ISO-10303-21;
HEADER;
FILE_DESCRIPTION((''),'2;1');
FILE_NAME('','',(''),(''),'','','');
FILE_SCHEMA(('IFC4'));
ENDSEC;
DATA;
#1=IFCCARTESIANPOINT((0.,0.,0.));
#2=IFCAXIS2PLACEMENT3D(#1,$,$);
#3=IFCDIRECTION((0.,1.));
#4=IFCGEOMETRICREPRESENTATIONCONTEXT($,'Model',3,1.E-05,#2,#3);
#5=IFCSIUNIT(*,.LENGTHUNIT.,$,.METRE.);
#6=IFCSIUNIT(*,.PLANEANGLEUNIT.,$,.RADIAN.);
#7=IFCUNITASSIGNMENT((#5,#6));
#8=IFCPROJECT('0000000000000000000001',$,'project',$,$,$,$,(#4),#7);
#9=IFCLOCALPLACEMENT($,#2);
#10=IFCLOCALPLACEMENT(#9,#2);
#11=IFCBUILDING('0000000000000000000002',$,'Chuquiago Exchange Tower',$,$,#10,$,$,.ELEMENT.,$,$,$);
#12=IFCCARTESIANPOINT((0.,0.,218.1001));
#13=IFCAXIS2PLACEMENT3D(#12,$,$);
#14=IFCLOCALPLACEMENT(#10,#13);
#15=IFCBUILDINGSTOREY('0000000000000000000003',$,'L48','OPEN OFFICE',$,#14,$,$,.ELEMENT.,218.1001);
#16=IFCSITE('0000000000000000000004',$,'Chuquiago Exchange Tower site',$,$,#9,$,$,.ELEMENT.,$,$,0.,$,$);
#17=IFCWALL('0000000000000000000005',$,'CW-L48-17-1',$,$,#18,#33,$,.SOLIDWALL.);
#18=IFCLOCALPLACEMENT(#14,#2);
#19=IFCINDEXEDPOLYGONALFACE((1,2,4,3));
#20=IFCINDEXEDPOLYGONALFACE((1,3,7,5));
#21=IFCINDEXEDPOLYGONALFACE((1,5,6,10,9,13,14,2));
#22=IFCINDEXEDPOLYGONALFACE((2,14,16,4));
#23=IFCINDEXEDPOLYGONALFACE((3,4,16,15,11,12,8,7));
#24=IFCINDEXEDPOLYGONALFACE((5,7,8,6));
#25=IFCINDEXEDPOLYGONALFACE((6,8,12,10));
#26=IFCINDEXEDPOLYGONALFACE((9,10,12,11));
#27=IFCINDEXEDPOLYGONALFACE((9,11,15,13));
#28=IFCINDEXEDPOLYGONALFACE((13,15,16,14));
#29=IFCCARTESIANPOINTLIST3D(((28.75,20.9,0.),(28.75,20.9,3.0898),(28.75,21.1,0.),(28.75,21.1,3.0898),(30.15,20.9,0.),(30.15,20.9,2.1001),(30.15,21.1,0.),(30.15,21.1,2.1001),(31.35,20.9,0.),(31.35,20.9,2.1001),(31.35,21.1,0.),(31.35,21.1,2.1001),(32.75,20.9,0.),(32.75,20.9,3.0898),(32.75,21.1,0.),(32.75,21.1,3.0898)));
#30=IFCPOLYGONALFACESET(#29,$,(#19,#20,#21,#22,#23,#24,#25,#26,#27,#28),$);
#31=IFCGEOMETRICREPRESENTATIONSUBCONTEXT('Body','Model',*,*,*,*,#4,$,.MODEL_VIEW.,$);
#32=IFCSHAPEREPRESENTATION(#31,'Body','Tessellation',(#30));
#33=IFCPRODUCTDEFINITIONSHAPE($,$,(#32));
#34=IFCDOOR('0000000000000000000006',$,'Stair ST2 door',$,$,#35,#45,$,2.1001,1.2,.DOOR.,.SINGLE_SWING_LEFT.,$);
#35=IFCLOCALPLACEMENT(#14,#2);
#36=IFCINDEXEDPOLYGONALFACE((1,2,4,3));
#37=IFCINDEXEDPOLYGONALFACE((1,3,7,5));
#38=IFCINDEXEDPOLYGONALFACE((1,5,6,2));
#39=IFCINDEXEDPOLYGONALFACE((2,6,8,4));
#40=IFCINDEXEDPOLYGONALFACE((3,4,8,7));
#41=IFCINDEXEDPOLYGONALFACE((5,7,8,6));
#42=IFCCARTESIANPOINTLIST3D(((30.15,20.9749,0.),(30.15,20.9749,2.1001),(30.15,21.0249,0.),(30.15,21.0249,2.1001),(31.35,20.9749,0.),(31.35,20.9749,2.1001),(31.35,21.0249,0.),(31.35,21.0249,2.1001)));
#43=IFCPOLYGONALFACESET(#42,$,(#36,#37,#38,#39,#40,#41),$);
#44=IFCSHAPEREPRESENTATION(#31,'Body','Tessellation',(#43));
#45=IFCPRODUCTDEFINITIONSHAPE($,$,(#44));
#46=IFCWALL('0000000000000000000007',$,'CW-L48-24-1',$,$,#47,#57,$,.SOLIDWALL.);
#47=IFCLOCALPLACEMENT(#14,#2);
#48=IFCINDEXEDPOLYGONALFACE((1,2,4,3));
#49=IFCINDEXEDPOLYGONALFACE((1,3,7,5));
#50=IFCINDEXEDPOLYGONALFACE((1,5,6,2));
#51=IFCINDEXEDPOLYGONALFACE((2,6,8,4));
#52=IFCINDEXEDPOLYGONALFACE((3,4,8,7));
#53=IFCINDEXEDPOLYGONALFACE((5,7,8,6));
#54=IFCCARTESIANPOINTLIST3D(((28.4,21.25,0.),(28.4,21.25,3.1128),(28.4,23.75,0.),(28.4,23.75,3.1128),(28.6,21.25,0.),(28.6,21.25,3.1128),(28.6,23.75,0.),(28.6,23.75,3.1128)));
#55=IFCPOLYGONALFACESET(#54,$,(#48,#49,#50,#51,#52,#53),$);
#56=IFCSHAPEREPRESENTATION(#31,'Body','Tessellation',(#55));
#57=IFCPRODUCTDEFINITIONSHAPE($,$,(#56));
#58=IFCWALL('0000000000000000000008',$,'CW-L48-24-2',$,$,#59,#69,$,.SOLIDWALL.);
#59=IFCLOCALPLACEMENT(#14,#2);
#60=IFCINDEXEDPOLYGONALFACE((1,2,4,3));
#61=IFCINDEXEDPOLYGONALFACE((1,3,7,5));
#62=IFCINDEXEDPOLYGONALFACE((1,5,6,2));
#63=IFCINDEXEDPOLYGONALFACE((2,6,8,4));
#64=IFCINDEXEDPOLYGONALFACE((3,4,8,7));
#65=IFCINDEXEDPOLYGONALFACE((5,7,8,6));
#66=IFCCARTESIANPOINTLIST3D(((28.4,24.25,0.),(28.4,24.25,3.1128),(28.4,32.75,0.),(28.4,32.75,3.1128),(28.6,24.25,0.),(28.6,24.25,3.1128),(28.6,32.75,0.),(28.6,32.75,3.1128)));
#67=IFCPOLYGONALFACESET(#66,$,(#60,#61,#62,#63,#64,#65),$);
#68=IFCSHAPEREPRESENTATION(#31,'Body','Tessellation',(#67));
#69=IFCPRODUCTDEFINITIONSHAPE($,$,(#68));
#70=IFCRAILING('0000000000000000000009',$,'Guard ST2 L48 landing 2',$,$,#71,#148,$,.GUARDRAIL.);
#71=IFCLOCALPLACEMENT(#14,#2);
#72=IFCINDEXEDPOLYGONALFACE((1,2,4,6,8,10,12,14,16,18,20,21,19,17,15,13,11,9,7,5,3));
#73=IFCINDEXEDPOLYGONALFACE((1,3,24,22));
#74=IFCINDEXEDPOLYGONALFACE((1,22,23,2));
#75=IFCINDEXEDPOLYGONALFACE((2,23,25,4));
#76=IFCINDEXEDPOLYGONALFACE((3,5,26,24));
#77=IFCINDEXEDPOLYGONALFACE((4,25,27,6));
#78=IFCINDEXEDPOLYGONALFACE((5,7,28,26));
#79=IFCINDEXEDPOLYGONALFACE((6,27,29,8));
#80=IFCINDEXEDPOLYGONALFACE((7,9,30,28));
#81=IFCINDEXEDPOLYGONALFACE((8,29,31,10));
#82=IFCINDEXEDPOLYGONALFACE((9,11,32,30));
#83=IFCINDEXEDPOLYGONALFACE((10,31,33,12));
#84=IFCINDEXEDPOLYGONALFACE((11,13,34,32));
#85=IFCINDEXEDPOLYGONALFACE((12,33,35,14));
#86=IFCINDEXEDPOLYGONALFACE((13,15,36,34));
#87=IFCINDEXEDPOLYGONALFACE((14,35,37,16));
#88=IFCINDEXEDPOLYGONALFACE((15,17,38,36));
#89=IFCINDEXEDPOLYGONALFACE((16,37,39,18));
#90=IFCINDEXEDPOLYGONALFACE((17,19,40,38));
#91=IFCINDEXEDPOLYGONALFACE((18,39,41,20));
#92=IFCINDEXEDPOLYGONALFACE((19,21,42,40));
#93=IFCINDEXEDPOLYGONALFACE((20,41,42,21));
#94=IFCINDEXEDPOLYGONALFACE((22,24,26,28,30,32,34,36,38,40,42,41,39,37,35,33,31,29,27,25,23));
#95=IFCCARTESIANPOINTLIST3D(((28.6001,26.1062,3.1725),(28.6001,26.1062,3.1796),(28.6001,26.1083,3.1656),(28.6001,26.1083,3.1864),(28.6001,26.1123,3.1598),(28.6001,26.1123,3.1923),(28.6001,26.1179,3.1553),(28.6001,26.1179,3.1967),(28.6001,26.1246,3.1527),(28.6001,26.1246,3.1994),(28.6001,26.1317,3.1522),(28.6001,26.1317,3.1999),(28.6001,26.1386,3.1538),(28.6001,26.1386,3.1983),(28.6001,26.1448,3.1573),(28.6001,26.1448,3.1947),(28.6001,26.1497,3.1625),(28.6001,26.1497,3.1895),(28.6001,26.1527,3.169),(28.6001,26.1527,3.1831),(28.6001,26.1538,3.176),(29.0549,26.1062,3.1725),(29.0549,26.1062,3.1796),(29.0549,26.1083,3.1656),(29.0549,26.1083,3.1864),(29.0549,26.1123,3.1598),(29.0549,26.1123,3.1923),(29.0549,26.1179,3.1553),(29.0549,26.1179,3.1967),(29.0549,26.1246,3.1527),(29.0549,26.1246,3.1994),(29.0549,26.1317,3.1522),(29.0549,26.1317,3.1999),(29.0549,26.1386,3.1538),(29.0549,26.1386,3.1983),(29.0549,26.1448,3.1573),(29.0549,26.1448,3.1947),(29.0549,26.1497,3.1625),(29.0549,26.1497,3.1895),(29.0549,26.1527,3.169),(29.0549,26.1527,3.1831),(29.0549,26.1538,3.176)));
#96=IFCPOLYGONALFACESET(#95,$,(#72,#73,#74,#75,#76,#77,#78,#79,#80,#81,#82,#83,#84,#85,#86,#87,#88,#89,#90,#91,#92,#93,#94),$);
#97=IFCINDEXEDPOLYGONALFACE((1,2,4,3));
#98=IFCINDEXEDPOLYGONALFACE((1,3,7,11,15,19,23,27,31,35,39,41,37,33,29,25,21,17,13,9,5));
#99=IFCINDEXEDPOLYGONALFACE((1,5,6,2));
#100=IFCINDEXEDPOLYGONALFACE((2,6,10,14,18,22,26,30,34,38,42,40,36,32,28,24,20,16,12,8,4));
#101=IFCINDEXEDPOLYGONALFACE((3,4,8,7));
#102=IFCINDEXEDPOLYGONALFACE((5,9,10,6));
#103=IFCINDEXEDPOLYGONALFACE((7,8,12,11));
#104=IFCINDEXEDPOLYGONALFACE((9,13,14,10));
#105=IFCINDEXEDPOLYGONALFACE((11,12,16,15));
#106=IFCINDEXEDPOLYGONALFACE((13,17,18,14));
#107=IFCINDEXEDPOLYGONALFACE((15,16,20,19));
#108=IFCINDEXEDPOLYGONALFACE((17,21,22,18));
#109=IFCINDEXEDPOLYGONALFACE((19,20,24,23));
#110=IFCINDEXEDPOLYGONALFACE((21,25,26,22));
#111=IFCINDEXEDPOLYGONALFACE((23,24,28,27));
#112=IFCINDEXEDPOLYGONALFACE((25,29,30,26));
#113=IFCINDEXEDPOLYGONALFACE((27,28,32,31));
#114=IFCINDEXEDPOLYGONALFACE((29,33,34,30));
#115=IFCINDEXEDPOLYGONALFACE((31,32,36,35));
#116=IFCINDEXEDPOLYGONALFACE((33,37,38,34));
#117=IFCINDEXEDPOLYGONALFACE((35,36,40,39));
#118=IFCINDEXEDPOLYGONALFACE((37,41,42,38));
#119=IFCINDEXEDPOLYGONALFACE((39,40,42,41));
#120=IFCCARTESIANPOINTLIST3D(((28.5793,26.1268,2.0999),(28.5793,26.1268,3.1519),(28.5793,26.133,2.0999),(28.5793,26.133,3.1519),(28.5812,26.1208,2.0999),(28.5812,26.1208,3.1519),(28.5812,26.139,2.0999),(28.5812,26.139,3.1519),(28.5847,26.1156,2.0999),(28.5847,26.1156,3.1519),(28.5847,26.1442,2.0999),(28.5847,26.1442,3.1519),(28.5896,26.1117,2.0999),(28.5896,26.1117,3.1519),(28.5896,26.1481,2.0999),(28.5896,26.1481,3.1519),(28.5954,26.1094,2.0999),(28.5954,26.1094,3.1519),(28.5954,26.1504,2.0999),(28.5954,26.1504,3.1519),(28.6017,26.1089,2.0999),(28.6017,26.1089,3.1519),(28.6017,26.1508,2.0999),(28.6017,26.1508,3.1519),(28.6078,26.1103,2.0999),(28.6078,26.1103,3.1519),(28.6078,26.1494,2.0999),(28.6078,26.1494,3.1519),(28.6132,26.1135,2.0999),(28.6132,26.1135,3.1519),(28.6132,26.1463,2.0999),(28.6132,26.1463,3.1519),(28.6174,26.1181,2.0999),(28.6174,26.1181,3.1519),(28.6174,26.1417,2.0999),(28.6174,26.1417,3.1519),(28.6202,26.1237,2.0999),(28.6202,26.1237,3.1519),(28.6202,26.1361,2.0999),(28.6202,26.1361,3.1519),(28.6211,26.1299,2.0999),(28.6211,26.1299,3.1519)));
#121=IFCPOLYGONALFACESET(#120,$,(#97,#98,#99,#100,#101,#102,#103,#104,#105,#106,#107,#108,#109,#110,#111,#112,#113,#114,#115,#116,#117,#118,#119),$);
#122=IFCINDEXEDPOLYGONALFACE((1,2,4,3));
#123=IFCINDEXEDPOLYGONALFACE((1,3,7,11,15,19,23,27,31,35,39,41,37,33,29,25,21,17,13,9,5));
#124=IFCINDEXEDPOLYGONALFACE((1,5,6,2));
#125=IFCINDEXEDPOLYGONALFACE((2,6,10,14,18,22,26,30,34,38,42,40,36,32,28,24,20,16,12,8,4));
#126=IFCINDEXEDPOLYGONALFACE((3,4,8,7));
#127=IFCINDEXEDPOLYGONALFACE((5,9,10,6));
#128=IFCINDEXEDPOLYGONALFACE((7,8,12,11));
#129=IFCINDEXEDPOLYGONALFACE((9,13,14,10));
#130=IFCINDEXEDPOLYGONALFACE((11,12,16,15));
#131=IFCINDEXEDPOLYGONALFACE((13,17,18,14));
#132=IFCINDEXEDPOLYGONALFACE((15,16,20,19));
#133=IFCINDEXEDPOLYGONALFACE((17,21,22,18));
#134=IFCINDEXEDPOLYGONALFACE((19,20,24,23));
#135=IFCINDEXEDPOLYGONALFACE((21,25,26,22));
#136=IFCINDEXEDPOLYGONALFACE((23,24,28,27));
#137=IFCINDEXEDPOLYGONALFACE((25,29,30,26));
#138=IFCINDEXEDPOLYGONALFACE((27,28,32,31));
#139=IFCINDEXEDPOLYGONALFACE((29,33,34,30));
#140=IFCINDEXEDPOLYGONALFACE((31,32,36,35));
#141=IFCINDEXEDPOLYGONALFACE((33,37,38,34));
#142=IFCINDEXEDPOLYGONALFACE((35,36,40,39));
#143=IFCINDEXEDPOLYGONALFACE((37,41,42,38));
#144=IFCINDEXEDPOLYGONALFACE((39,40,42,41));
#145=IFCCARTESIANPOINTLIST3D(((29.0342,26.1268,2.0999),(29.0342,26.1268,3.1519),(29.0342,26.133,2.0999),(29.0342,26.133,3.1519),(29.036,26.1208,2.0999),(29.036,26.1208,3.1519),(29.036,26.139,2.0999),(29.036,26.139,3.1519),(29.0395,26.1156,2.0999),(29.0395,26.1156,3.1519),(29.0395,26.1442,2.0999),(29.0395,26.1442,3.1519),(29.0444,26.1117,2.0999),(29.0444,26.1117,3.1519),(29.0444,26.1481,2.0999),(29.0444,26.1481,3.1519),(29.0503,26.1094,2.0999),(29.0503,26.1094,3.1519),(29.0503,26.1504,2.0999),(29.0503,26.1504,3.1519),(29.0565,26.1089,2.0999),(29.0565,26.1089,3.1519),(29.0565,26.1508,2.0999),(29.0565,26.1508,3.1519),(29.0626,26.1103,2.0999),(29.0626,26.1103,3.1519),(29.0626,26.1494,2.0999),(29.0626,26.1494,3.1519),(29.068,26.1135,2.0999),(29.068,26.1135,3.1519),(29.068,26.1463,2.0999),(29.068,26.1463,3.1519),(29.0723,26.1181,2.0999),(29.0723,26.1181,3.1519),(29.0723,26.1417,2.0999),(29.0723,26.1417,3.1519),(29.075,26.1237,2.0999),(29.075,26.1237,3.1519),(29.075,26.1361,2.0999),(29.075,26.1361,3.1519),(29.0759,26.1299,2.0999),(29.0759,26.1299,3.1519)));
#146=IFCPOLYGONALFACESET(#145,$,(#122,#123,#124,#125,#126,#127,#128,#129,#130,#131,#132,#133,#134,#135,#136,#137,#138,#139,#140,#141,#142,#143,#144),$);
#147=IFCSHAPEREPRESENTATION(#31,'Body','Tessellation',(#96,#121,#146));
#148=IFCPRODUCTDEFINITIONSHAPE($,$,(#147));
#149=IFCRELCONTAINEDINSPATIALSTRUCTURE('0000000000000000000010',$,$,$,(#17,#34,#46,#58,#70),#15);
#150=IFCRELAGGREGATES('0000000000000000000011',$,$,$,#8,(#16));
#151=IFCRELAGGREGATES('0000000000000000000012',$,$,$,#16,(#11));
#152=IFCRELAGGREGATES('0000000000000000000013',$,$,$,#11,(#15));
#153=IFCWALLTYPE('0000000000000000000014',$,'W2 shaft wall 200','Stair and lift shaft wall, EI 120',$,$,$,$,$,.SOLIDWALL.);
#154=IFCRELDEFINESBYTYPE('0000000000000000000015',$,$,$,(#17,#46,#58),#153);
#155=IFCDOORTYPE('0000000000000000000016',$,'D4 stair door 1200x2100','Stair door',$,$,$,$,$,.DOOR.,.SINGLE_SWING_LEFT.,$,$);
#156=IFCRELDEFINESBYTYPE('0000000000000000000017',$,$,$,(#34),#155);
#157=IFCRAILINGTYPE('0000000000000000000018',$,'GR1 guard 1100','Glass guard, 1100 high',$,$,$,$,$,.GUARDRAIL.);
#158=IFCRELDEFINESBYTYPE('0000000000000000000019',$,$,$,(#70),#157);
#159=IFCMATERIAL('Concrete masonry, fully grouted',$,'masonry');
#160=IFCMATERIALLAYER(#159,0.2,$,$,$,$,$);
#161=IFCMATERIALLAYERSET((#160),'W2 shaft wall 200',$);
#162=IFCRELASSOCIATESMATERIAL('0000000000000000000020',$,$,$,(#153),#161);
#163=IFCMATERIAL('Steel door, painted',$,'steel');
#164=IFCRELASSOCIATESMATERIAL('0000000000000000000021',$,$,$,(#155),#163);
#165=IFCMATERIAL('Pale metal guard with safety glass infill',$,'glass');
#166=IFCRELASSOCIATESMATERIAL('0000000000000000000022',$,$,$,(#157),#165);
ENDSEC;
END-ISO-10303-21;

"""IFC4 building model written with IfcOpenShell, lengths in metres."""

from ifc_helpers import new_model, si_unit, direction, frame, frame_2d, origin, origin_2d, place, context, subcontext, project, spatial, rectangle, circle, extrude, material, layer, layer_set, type_object, element, fill, save


model = new_model("IFC4")

# Units and contexts
model_context = context("Model", 3, precision=1e-05, world=origin(), true_north=direction((0.0, 1.0)))
body_context = subcontext(model_context, "Body", "Model", "MODEL_VIEW")
ifc_project = project(units=[si_unit("LENGTHUNIT", "METRE"), si_unit("PLANEANGLEUNIT", "RADIAN")], contexts=[model_context])

# Site, building, storey
site_placement = place(None, origin())
site = spatial("IfcSite", under=ifc_project, at=site_placement, Name="Chuquiago Exchange Tower site", CompositionType="ELEMENT", RefElevation=0.0)
building_placement = place(site_placement, origin())
building = spatial("IfcBuilding", under=site, at=building_placement, Name="Chuquiago Exchange Tower", CompositionType="ELEMENT")
storey_placement = place(building_placement, frame((0.0, 0.0, 218.1001)))
storey = spatial("IfcBuildingStorey", under=building, at=storey_placement, Name="L48", Description="OPEN OFFICE", CompositionType="ELEMENT", Elevation=218.1001)

# Shared definitions
ifc_material_1 = material(Name="Concrete masonry, fully grouted", Category="masonry")
ifc_layer = layer(ifc_material_1, 0.2)
ifc_layer_set = layer_set([ifc_layer], Name="W2 shaft wall 200")
wall_type = type_object("IfcWallType", Name="W2 shaft wall 200", Description="Stair and lift shaft wall, EI 120", PredefinedType="SOLIDWALL", material=ifc_layer_set)

# Wall, opening, door
wall_1_placement = place(storey_placement, frame((28.75, 21.0, 0.0), z_axis=(0.0, 0.0, 1.0), x_axis=(1.0, 0.0, 0.0)))
wall_1 = element("IfcWall", 1, at=wall_1_placement, inside=storey, type_object=wall_type, Name="CW-L48-17-1", PredefinedType="SOLIDWALL", context=body_context, shape_type="SweptSolid", body=[
    extrude(rectangle(XDim=4.0, YDim=0.2, at=frame_2d((2.0, 0.0))), origin(), (0.0, 0.0, 1.0), 3.0898),
])
opening_placement = place(wall_1_placement, frame((1.3999, 0.0, 0.0)))
opening = element("IfcOpeningElement", 2, at=opening_placement, cuts=wall_1, PredefinedType="OPENING", context=body_context, shape_type="SweptSolid", body=[
    extrude(rectangle(XDim=1.2, YDim=2.1001, at=frame_2d((0.6001, 1.05))), frame((0.0, 0.1099, 0.0), z_axis=(0.0, -1.0, 0.0), x_axis=(1.0, 0.0, 0.0)), (0.0, 0.0, 1.0), 0.22),
])
ifc_material_2 = material(Name="Steel door, painted", Category="steel")
door_type = type_object("IfcDoorType", Name="D4 stair door 1200x2100", Description="Stair door", OperationType="SINGLE_SWING_LEFT", PredefinedType="DOOR", material=ifc_material_2)
door_placement = place(opening_placement, origin())
door = element("IfcDoor", 3, at=door_placement, inside=storey, type_object=door_type, Name="Stair ST2 door", OperationType="SINGLE_SWING_LEFT", OverallHeight=2.1001, OverallWidth=1.2, PredefinedType="DOOR", context=body_context, shape_type="SweptSolid", body=[
    extrude(rectangle(XDim=1.2, YDim=2.1001, at=frame_2d((0.6001, 1.05))), frame((0.0, 0.0249, 0.0), z_axis=(0.0, -1.0, 0.0), x_axis=(1.0, 0.0, 0.0)), (0.0, 0.0, 1.0), 0.05),
])
fill(opening, door)

# Walls
wall_2_placement = place(storey_placement, frame((28.5, 21.25, 0.0), z_axis=(0.0, 0.0, 1.0), x_axis=(0.0, 1.0, 0.0)))
element("IfcWall", 4, at=wall_2_placement, inside=storey, type_object=wall_type, Name="CW-L48-24-1", PredefinedType="SOLIDWALL", context=body_context, shape_type="SweptSolid", body=[
    extrude(rectangle(XDim=2.5, YDim=0.2, at=frame_2d((1.25, 0.0))), origin(), (0.0, 0.0, 1.0), 3.1128),
])
wall_3_placement = place(storey_placement, frame((28.5, 24.25, 0.0), z_axis=(0.0, 0.0, 1.0), x_axis=(0.0, 1.0, 0.0)))
element("IfcWall", 5, at=wall_3_placement, inside=storey, type_object=wall_type, Name="CW-L48-24-2", PredefinedType="SOLIDWALL", context=body_context, shape_type="SweptSolid", body=[
    extrude(rectangle(XDim=8.5, YDim=0.2, at=frame_2d((4.25, 0.0))), origin(), (0.0, 0.0, 1.0), 3.1128),
])

# Railing
ifc_material_3 = material(Name="Pale metal guard with safety glass infill", Category="glass")
railing_type_1 = type_object("IfcRailingType", Name="GR1 guard 1100", Description="Glass guard, 1100 high", PredefinedType="GUARDRAIL", material=ifc_material_3)
railing_1_placement = place(storey_placement, frame((28.6001, 26.1299, 2.0999)))
element("IfcRailing", 6, at=railing_1_placement, inside=storey, type_object=railing_type_1, Name="Guard ST2 L48 landing 2", PredefinedType="GUARDRAIL", context=body_context, shape_type="SweptSolid", body=[
    extrude(circle(Radius=0.0239, at=origin_2d()), frame((0.0, 0.0, 1.0762), z_axis=(1.0, 0.0, 0.0), x_axis=(0.0, 1.0, 0.0)), (0.0, 0.0, 1.0), 0.4548),
    extrude(circle(Radius=0.021, at=origin_2d()), origin(), (0.0, 0.0, 1.0), 1.052),
    extrude(circle(Radius=0.021, at=origin_2d()), frame((0.4548, 0.0, 0.0)), (0.0, 0.0, 1.0), 1.052),
])

save(model, "model.ifc")
